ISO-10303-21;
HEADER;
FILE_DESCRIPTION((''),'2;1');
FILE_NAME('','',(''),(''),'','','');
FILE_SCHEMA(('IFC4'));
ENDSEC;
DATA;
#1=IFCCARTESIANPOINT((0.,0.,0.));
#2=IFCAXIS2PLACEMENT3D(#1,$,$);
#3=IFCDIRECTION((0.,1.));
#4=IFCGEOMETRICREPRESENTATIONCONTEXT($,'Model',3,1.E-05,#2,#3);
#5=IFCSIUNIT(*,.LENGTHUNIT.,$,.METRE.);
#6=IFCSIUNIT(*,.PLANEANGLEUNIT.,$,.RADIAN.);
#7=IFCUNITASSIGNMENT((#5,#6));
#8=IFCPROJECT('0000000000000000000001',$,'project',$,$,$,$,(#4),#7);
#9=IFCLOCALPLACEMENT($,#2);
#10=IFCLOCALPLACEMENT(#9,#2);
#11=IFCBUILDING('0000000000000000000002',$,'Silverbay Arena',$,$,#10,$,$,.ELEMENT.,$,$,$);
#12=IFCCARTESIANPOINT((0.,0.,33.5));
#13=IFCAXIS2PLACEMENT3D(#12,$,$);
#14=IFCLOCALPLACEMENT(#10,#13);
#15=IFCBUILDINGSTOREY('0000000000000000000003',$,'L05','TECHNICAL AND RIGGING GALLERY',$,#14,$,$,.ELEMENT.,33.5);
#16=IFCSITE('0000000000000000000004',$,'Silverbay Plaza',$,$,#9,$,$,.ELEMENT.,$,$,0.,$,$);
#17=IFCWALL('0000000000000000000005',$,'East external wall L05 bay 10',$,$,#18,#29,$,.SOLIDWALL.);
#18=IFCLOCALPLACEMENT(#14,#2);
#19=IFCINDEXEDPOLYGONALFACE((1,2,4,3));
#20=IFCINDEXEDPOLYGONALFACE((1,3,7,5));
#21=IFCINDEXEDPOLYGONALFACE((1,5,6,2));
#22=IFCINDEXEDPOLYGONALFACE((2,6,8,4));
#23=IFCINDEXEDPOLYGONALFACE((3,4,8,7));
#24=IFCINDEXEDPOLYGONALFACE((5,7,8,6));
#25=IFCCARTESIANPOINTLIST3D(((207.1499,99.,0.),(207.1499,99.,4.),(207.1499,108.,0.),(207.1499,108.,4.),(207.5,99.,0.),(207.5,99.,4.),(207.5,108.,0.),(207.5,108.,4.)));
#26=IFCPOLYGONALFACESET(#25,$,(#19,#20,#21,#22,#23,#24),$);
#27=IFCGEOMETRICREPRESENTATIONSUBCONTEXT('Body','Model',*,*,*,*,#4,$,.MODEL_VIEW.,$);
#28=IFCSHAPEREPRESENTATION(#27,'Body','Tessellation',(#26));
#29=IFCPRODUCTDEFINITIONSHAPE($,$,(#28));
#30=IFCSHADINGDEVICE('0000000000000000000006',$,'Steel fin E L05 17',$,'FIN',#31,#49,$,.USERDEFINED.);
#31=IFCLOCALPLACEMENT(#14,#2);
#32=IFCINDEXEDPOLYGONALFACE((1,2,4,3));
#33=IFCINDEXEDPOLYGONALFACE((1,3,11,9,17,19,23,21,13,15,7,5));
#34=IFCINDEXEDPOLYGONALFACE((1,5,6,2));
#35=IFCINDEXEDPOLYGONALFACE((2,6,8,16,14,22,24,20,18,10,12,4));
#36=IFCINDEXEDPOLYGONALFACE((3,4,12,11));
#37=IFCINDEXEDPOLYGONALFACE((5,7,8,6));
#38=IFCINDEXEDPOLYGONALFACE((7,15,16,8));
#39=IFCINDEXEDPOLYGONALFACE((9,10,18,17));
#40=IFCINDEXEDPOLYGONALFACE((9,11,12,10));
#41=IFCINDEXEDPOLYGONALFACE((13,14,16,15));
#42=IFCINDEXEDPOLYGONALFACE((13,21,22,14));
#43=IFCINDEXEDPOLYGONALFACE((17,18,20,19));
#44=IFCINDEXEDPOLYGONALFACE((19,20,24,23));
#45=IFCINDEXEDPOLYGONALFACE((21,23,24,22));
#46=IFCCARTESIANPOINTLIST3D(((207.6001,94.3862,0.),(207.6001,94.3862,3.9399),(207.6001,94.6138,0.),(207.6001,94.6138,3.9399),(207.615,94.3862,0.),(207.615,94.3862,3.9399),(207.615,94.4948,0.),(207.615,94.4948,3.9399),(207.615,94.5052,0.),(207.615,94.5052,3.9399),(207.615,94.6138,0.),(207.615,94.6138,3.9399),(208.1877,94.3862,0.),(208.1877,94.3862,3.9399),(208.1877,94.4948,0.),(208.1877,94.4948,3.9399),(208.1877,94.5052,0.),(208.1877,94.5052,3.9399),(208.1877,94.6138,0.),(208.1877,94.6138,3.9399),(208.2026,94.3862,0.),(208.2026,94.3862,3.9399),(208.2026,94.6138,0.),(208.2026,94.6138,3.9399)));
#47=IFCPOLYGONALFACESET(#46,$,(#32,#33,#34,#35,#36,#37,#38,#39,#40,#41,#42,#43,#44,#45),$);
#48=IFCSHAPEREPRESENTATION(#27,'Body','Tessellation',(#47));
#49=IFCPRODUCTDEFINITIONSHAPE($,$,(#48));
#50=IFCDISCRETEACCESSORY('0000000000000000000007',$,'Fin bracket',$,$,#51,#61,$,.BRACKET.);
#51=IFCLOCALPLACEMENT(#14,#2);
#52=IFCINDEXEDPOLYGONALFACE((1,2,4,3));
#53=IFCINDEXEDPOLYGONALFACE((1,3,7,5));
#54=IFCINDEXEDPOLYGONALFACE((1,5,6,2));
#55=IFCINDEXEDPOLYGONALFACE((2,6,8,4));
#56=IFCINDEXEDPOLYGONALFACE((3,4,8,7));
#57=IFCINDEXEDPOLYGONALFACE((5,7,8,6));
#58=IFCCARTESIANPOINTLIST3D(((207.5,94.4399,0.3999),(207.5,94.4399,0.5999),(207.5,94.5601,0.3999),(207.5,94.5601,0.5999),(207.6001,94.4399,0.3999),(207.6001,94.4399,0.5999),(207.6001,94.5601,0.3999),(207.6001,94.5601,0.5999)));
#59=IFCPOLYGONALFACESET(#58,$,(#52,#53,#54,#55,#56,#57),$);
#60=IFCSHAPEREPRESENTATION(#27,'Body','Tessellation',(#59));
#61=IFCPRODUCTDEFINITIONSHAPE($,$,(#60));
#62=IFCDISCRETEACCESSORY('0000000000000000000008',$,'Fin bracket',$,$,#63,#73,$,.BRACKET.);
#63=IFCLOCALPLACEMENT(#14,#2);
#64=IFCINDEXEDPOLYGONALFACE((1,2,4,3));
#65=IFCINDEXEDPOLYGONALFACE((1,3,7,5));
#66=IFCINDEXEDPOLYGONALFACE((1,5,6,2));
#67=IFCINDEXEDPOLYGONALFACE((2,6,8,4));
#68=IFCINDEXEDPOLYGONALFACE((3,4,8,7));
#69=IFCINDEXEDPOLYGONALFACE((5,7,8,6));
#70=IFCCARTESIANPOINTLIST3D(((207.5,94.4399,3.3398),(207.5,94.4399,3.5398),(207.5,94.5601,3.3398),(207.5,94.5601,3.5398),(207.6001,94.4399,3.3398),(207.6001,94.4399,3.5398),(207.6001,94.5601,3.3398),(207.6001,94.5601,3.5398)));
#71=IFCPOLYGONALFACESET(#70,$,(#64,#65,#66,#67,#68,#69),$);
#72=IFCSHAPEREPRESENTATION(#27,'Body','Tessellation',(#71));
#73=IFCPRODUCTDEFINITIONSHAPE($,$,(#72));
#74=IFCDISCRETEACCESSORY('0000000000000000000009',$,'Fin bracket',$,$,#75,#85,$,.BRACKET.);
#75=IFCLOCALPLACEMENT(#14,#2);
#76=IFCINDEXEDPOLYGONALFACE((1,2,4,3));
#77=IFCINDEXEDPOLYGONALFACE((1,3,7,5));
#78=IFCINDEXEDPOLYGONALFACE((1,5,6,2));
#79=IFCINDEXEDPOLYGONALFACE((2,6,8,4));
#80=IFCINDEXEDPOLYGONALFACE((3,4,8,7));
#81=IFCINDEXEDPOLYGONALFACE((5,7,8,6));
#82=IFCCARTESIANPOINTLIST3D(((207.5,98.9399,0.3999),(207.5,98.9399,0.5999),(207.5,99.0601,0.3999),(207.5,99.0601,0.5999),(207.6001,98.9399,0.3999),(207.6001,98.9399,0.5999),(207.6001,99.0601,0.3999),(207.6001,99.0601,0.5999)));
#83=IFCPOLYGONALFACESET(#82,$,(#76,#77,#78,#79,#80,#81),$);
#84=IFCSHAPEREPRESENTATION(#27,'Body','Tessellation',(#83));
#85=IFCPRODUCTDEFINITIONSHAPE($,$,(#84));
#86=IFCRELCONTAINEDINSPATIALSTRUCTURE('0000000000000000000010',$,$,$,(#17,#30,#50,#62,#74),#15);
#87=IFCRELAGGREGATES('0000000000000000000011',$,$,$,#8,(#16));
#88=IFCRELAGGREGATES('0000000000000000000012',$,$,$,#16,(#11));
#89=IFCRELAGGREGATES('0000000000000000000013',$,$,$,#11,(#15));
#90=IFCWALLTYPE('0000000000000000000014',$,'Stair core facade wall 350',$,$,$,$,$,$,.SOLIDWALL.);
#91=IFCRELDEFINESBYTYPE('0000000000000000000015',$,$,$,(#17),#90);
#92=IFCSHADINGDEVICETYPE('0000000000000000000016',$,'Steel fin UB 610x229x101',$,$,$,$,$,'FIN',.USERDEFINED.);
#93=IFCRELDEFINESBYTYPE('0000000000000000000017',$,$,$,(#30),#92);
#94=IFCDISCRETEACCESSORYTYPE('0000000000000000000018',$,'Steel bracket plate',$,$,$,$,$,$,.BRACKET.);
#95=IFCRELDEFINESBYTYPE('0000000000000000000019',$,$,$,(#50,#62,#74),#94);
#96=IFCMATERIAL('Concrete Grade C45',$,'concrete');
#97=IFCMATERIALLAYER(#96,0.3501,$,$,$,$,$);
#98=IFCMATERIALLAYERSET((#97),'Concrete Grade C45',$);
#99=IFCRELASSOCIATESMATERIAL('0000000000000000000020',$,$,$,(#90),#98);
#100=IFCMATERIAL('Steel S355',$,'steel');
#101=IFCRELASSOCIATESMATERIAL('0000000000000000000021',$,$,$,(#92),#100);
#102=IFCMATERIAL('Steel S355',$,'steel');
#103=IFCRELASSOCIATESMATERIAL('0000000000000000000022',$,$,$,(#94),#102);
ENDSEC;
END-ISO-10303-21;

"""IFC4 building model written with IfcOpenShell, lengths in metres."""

from ifc_helpers import new_model, si_unit, direction, frame, frame_2d, origin, origin_2d, place, context, subcontext, project, spatial, rectangle, i_section, extrude, material, layer, layer_set, material_profile, profile_set, type_object, element, save


model = new_model("IFC4")

# Units and contexts
model_context = context("Model", 3, precision=1e-05, world=origin(), true_north=direction((0.0, 1.0)))
body_context = subcontext(model_context, "Body", "Model", "MODEL_VIEW")
ifc_project = project(units=[si_unit("LENGTHUNIT", "METRE"), si_unit("PLANEANGLEUNIT", "RADIAN")], contexts=[model_context])

# Site, building, storey
site_placement = place(None, origin())
site = spatial("IfcSite", under=ifc_project, at=site_placement, Name="Silverbay Plaza", CompositionType="ELEMENT", RefElevation=0.0)
building_placement = place(site_placement, origin())
building = spatial("IfcBuilding", under=site, at=building_placement, Name="Silverbay Arena", CompositionType="ELEMENT")
storey_placement = place(building_placement, frame((0.0, 0.0, 33.5)))
storey = spatial("IfcBuildingStorey", under=building, at=storey_placement, Name="L05", Description="TECHNICAL AND RIGGING GALLERY", CompositionType="ELEMENT", Elevation=33.5)

# Wall
ifc_material_1 = material(Name="Concrete Grade C45", Category="concrete")
ifc_layer_1 = layer(ifc_material_1, 0.3501)
ifc_layer_set_1 = layer_set([ifc_layer_1], Name="Concrete Grade C45")
wall_type = type_object("IfcWallType", Name="Stair core facade wall 350", PredefinedType="SOLIDWALL", material=ifc_layer_set_1)
wall_placement = place(storey_placement, frame((207.325, 99.0, 0.0), z_axis=(0.0, 0.0, 1.0), x_axis=(0.0, 1.0, 0.0)))
element("IfcWall", 1, at=wall_placement, inside=storey, type_object=wall_type, Name="East external wall L05 bay 10", PredefinedType="SOLIDWALL", context=body_context, shape_type="SweptSolid", body=[
    extrude(rectangle(XDim=9.0, YDim=0.3501, at=frame_2d((4.5, 0.0))), origin(), (0.0, 0.0, 1.0), 4.0),
])

# Shading device
ifc_material_2 = material(Name="Steel S355", Category="steel")
ifc_material_profile_1 = material_profile(ifc_material_2, i_section(OverallWidth=0.2275, OverallDepth=0.6025, WebThickness=0.0105, FlangeThickness=0.0149, at=origin_2d()), Name="UB 610x229x101")
ifc_profile_set_1 = profile_set([ifc_material_profile_1], Name="Steel S355")
shading_device_type = type_object("IfcShadingDeviceType", Name="Steel fin UB 610x229x101", ElementType="FIN", PredefinedType="USERDEFINED", material=ifc_profile_set_1)
shading_device_placement = place(storey_placement, frame((207.9014, 94.5, 0.0), z_axis=(0.0, 0.0, 1.0), x_axis=(0.0, 1.0, 0.0)))
element("IfcShadingDevice", 2, at=shading_device_placement, inside=storey, type_object=shading_device_type, Name="Steel fin E L05 17", ObjectType="FIN", PredefinedType="USERDEFINED", context=body_context, shape_type="SweptSolid", body=[
    extrude(i_section(OverallWidth=0.2275, OverallDepth=0.6025, WebThickness=0.0105, FlangeThickness=0.0149, at=origin_2d()), origin(), (0.0, 0.0, 1.0), 3.9399),
])

# Discrete accessories
ifc_material_3 = material(Name="Steel S355", Category="steel")
discrete_accessory_type = type_object("IfcDiscreteAccessoryType", Name="Steel bracket plate", PredefinedType="BRACKET", material=ifc_material_3)
for number, where, z_axis, x_axis, name in (
    (3, (207.55, 94.5, 0.3999), (0.0, 0.0, 1.0), (1.0, 0.0, 0.0), "Fin bracket"),
    (4, (207.55, 94.5, 3.3398), (0.0, 0.0, 1.0), (1.0, 0.0, 0.0), "Fin bracket"),
    (5, (207.55, 99.0, 0.3999), (0.0, 0.0, 1.0), (1.0, 0.0, 0.0), "Fin bracket"),
):
    element("IfcDiscreteAccessory", number, at=place(storey_placement, frame(where, z_axis=z_axis, x_axis=x_axis)), inside=storey, type_object=discrete_accessory_type, Name=name, PredefinedType="BRACKET", context=body_context, shape_type="SweptSolid", body=[
        extrude(rectangle(XDim=0.1001, YDim=0.1201, at=origin_2d()), origin(), (0.0, 0.0, 1.0), 0.2),
    ])

save(model, "model.ifc")
